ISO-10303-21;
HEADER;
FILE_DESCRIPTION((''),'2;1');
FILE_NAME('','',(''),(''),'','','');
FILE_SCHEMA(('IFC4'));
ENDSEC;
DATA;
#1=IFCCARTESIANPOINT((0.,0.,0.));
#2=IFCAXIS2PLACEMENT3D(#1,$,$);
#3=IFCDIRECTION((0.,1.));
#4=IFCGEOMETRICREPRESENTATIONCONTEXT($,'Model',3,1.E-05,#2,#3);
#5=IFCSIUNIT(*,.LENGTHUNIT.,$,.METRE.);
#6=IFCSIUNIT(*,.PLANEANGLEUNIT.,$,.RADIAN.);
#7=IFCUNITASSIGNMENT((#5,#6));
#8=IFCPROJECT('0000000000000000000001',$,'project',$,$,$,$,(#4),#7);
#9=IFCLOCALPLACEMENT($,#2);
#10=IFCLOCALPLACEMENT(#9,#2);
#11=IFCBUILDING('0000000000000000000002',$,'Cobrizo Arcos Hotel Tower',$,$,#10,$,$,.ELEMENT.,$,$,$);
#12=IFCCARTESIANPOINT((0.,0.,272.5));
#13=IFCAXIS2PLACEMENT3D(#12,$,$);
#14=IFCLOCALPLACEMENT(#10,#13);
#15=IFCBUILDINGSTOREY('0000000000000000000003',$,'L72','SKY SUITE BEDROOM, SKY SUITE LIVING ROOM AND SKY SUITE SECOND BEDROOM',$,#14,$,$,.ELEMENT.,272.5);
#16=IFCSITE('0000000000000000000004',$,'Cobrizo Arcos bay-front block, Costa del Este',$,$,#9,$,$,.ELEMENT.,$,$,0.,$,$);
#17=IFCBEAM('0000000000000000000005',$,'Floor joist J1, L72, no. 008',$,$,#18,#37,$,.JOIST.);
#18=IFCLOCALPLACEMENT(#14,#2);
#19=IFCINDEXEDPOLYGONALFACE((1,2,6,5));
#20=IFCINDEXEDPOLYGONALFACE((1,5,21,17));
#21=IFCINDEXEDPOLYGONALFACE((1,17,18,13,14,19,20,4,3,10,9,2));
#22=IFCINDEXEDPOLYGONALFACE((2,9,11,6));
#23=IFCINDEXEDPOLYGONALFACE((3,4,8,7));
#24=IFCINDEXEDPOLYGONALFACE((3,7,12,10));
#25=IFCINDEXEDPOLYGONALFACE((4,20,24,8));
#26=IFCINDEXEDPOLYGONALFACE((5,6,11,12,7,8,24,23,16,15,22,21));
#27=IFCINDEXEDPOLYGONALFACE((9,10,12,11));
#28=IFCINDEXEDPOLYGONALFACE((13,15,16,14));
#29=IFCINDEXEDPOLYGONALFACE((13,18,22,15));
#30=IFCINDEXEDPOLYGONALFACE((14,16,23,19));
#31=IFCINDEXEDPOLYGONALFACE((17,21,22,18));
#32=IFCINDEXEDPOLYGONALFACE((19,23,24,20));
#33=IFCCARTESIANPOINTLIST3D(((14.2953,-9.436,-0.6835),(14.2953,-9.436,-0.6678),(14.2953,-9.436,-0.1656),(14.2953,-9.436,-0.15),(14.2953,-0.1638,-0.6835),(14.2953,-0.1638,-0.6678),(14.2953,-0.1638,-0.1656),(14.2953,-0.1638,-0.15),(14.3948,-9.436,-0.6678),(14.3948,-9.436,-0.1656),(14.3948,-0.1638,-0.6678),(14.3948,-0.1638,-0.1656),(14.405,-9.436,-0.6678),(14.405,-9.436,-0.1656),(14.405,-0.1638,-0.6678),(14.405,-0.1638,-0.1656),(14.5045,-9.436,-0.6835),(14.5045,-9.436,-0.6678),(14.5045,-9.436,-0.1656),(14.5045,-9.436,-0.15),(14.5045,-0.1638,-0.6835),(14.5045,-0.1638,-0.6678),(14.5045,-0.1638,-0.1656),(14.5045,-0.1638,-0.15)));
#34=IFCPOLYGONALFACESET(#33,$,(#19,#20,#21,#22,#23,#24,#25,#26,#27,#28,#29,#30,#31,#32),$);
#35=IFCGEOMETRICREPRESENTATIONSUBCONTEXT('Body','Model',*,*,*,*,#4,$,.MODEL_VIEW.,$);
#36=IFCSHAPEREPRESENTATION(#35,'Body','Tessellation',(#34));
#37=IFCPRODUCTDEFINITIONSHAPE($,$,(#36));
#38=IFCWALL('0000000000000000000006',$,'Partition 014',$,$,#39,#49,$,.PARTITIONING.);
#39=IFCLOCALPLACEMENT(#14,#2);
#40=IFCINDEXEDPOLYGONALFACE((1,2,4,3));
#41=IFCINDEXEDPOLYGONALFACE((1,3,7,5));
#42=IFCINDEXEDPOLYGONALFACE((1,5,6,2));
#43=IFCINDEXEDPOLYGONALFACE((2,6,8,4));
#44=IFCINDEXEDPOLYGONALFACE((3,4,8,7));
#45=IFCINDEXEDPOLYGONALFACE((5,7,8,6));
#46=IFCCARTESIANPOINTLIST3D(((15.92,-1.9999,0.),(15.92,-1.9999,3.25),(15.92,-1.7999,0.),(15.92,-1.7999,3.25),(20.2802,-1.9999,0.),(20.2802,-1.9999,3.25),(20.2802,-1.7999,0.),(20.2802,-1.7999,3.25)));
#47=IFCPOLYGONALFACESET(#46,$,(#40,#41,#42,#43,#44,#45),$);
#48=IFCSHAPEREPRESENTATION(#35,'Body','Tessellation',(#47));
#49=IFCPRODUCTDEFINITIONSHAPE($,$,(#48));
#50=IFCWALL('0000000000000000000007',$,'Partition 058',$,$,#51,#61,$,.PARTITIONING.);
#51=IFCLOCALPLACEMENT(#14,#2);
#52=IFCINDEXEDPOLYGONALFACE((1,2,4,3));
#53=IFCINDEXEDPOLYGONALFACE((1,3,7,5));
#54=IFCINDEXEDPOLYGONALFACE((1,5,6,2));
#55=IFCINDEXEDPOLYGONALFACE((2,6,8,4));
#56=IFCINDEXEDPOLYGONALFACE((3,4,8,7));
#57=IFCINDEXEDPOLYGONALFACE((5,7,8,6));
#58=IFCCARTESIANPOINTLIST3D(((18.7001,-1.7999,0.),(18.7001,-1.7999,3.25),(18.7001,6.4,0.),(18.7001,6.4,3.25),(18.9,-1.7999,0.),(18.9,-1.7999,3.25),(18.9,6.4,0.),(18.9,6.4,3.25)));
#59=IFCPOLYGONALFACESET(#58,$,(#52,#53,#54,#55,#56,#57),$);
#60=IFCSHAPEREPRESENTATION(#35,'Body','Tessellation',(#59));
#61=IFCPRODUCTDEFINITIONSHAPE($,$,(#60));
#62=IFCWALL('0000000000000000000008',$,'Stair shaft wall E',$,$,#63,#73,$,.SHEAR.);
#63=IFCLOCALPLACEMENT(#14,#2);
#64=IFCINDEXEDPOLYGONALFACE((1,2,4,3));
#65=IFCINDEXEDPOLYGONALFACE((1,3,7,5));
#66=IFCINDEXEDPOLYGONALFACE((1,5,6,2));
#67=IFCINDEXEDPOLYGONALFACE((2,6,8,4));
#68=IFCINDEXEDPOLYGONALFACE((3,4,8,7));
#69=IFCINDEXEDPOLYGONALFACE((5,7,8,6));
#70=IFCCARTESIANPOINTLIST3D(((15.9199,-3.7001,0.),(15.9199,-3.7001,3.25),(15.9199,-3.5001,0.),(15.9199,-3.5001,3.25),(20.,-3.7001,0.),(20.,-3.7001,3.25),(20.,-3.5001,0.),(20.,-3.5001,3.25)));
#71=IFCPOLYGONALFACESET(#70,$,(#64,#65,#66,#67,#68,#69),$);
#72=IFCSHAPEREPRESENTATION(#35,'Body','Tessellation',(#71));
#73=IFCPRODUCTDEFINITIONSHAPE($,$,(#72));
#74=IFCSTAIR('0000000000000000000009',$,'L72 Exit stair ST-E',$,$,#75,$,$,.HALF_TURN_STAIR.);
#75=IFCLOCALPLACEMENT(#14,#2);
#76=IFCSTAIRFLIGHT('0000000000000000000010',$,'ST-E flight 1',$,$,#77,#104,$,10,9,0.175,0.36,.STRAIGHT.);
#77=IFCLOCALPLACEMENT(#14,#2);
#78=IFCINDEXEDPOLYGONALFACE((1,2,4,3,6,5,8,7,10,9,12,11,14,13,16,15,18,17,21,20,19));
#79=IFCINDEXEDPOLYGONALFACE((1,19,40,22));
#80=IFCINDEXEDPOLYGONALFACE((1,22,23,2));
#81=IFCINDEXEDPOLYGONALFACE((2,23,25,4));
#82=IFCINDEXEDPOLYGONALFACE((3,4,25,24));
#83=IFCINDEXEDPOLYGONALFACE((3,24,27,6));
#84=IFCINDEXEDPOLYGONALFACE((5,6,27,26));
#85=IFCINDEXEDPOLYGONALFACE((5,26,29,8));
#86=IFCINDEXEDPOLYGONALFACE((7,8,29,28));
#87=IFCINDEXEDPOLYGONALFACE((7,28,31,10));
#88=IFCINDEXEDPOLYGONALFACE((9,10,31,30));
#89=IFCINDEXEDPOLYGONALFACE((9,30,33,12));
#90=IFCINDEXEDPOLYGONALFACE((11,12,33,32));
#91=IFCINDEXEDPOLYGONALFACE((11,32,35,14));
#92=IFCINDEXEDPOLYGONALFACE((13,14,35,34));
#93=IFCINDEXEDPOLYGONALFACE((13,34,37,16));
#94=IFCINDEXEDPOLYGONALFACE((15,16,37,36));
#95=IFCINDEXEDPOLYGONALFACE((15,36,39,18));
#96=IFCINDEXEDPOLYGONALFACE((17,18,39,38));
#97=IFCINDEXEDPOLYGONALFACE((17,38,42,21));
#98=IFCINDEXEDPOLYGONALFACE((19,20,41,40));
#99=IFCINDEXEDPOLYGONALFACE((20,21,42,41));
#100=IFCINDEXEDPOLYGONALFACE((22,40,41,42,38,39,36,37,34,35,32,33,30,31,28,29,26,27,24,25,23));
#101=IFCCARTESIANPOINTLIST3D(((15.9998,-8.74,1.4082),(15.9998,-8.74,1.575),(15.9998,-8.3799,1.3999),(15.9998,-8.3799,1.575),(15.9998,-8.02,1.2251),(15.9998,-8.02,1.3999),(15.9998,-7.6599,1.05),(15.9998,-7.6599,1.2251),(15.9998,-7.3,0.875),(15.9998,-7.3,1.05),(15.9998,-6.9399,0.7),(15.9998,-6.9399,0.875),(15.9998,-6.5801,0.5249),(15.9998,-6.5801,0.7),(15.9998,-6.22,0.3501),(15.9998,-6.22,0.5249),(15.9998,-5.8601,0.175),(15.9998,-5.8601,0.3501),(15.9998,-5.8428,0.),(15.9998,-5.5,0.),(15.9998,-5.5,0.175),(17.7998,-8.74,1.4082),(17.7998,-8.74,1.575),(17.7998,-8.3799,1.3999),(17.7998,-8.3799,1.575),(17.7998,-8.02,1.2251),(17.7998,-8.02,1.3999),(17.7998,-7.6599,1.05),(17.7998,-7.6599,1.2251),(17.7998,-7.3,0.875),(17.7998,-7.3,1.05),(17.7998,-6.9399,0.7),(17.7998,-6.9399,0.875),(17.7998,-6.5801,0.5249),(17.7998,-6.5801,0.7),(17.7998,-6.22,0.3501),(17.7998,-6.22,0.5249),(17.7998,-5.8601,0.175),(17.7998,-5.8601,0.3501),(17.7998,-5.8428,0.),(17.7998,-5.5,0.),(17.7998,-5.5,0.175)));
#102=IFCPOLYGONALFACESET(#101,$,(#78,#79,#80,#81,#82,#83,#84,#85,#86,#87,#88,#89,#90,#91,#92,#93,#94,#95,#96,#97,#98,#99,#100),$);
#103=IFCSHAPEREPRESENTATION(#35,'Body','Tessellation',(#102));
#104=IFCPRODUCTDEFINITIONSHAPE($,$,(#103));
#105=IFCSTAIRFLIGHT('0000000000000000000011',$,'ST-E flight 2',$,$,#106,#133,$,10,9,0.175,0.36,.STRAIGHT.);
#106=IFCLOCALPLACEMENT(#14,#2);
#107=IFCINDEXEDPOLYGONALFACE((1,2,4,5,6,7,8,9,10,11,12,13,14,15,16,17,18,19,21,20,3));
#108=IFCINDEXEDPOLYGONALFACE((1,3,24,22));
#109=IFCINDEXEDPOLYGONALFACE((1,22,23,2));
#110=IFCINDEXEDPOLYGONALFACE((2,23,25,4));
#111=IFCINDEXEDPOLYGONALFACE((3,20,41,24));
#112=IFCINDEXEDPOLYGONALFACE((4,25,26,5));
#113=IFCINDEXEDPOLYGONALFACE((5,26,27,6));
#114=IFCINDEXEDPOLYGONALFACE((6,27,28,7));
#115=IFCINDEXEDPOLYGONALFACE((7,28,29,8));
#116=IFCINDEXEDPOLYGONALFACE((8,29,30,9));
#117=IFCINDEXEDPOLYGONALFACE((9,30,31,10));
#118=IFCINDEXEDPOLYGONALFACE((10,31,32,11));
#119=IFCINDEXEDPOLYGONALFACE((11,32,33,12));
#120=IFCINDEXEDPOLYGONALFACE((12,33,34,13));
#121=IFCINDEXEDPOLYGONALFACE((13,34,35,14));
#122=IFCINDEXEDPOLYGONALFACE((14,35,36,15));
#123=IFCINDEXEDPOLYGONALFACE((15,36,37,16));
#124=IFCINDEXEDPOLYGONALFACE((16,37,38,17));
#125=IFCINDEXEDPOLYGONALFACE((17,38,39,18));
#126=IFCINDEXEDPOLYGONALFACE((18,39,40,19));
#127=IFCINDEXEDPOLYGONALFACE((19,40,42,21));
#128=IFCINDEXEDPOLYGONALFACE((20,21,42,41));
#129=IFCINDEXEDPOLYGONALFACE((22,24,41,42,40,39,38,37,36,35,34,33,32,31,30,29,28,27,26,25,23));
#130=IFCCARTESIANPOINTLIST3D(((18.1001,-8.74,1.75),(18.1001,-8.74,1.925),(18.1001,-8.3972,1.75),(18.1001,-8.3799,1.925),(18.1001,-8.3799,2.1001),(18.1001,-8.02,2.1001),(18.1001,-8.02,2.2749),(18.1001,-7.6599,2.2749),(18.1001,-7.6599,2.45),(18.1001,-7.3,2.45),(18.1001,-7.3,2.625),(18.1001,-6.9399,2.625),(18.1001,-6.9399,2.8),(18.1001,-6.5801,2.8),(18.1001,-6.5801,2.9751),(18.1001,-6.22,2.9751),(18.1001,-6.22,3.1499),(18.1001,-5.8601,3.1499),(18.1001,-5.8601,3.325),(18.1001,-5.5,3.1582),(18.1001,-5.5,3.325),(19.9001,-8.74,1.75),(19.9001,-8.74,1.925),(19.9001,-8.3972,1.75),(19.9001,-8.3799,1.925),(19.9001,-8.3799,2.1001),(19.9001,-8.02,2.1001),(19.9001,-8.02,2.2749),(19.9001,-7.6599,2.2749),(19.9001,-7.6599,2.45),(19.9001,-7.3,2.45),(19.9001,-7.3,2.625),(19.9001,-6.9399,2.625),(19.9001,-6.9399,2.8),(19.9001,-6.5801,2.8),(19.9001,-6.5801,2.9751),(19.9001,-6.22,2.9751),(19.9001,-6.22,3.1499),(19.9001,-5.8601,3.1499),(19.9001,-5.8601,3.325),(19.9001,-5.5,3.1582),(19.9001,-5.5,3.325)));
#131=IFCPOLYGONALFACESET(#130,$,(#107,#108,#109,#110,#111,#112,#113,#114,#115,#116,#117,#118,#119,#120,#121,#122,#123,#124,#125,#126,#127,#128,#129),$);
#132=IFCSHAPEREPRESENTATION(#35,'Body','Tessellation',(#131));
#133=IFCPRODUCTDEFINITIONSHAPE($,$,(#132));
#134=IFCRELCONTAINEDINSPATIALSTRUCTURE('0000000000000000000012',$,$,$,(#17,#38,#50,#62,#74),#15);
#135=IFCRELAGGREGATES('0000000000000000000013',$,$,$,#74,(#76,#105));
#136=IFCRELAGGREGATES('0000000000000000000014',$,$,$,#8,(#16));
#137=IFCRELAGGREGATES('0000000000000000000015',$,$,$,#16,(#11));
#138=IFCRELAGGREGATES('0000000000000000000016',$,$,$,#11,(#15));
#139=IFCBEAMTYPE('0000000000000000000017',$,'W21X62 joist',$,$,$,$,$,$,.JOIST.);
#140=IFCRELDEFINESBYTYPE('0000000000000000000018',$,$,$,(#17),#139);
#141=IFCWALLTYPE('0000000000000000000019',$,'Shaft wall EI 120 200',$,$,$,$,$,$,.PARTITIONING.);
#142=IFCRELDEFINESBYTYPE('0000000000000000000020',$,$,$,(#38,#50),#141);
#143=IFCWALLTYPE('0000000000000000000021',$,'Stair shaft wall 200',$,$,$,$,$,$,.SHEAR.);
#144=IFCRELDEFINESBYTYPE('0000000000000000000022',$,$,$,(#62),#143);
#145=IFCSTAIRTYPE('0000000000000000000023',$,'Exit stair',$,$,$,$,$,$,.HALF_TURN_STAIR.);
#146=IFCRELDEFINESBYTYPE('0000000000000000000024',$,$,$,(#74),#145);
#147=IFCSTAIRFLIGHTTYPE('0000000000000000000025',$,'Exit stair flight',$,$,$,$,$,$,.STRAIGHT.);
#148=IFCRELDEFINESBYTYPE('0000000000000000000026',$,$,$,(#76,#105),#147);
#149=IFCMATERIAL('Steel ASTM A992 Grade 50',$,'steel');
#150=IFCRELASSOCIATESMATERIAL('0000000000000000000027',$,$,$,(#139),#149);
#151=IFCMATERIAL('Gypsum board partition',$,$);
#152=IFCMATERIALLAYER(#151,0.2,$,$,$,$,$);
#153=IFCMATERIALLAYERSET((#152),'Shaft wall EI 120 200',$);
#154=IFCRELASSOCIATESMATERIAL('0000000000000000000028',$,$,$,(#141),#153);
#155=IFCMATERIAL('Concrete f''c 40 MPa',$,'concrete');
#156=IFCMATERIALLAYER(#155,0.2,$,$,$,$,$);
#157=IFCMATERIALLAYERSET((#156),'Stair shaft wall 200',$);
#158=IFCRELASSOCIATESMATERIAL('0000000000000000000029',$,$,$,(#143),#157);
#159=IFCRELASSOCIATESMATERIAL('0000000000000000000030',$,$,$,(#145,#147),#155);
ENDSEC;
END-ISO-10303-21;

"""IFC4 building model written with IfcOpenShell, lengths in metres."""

from ifc_helpers import new_model, si_unit, direction, frame, frame_2d, origin, origin_2d, place, context, subcontext, project, spatial, polyline, rectangle, i_section, outline, extrude, material, layer, layer_set, material_profile, profile_set, type_object, element, aggregate, save


model = new_model("IFC4")

# Units and contexts
model_context = context("Model", 3, precision=1e-05, world=origin(), true_north=direction((0.0, 1.0)))
body_context = subcontext(model_context, "Body", "Model", "MODEL_VIEW")
ifc_project = project(units=[si_unit("LENGTHUNIT", "METRE"), si_unit("PLANEANGLEUNIT", "RADIAN")], contexts=[model_context])

# Site, building, storey
site_placement = place(None, origin())
site = spatial("IfcSite", under=ifc_project, at=site_placement, Name="Cobrizo Arcos bay-front block, Costa del Este", CompositionType="ELEMENT", RefElevation=0.0)
building_placement = place(site_placement, origin())
building = spatial("IfcBuilding", under=site, at=building_placement, Name="Cobrizo Arcos Hotel Tower", CompositionType="ELEMENT")
storey_placement = place(building_placement, frame((0.0, 0.0, 272.5)))
storey = spatial("IfcBuildingStorey", under=building, at=storey_placement, Name="L72", Description="SKY SUITE BEDROOM, SKY SUITE LIVING ROOM AND SKY SUITE SECOND BEDROOM", CompositionType="ELEMENT", Elevation=272.5)

# Beam
ifc_material_1 = material(Name="Steel ASTM A992 Grade 50", Category="steel")
ifc_material_profile = material_profile(ifc_material_1, i_section(OverallWidth=0.2092, OverallDepth=0.5334, WebThickness=0.0103, FlangeThickness=0.0156, at=origin_2d()), Name="W21X62")
ifc_profile_set = profile_set([ifc_material_profile], Name="Steel ASTM A992 Grade 50")
beam_type = type_object("IfcBeamType", Name="W21X62 joist", PredefinedType="JOIST", material=ifc_profile_set)
beam_placement = place(storey_placement, frame((14.3999, -9.436, -0.4167), z_axis=(0.0, 1.0, 0.0), x_axis=(-1.0, 0.0, 0.0)))
element("IfcBeam", 1, at=beam_placement, inside=storey, type_object=beam_type, Name="Floor joist J1, L72, no. 008", PredefinedType="JOIST", context=body_context, shape_type="SweptSolid", body=[
    extrude(i_section(OverallWidth=0.2092, OverallDepth=0.5334, WebThickness=0.0103, FlangeThickness=0.0156, at=origin_2d()), origin(), (0.0, 0.0, 1.0), 9.2722),
])

# Walls
ifc_material_2 = material(Name="Gypsum board partition")
ifc_layer_1 = layer(ifc_material_2, 0.2)
ifc_layer_set_1 = layer_set([ifc_layer_1], Name="Shaft wall EI 120 200")
wall_type_1 = type_object("IfcWallType", Name="Shaft wall EI 120 200", PredefinedType="PARTITIONING", material=ifc_layer_set_1)
wall_1_placement = place(storey_placement, frame((15.9199, -1.8999, 0.0), z_axis=(0.0, 0.0, 1.0), x_axis=(1.0, 0.0, 0.0)))
element("IfcWall", 2, at=wall_1_placement, inside=storey, type_object=wall_type_1, Name="Partition 014", PredefinedType="PARTITIONING", context=body_context, shape_type="SweptSolid", body=[
    extrude(rectangle(XDim=4.3601, YDim=0.2, at=frame_2d((2.1802, 0.0))), origin(), (0.0, 0.0, 1.0), 3.25),
])
wall_2_placement = place(storey_placement, frame((18.8, -1.8, 0.0), z_axis=(0.0, 0.0, 1.0), x_axis=(0.0, 1.0, 0.0)))
element("IfcWall", 3, at=wall_2_placement, inside=storey, type_object=wall_type_1, Name="Partition 058", PredefinedType="PARTITIONING", context=body_context, shape_type="SweptSolid", body=[
    extrude(rectangle(XDim=8.2, YDim=0.2, at=frame_2d((4.1001, 0.0))), origin(), (0.0, 0.0, 1.0), 3.25),
])
ifc_material_3 = material(Name="Concrete f'c 40 MPa", Category="concrete")
ifc_layer_2 = layer(ifc_material_3, 0.2)
ifc_layer_set_2 = layer_set([ifc_layer_2], Name="Stair shaft wall 200")
wall_type_2 = type_object("IfcWallType", Name="Stair shaft wall 200", PredefinedType="SHEAR", material=ifc_layer_set_2)
wall_3_placement = place(storey_placement, frame((15.9199, -3.6001, 0.0), z_axis=(0.0, 0.0, 1.0), x_axis=(1.0, 0.0, 0.0)))
element("IfcWall", 4, at=wall_3_placement, inside=storey, type_object=wall_type_2, Name="Stair shaft wall E", PredefinedType="SHEAR", context=body_context, shape_type="SweptSolid", body=[
    extrude(rectangle(XDim=4.0801, YDim=0.2, at=frame_2d((2.04, 0.0))), origin(), (0.0, 0.0, 1.0), 3.25),
])

# Stair, stair flights
stair_type = type_object("IfcStairType", Name="Exit stair", PredefinedType="HALF_TURN_STAIR", material=ifc_material_3)
stair_placement = place(storey_placement, origin())
stair = element("IfcStair", 5, at=stair_placement, inside=storey, type_object=stair_type, Name="L72 Exit stair ST-E", PredefinedType="HALF_TURN_STAIR")
stair_flight_type = type_object("IfcStairFlightType", Name="Exit stair flight", PredefinedType="STRAIGHT", material=ifc_material_3)
stair_flight_1_placement = place(storey_placement, frame((16.8999, -5.5, 0.0), z_axis=(0.0, 0.0, 1.0), x_axis=(0.0, -1.0, 0.0)))
stair_flight_1 = element("IfcStairFlight", 6, at=stair_flight_1_placement, type_object=stair_flight_type, Name="ST-E flight 1", NumberOfRisers=10, NumberOfTreads=9, PredefinedType="STRAIGHT", RiserHeight=0.175, TreadLength=0.36, context=body_context, shape_type="SweptSolid", body=[
    extrude(outline(polyline([(0.0, 0.0), (0.0, 0.175), (0.3601, 0.175), (0.3601, 0.3501), (0.72, 0.3501), (0.72, 0.5249), (1.0801, 0.5249), (1.0801, 0.7), (1.4399, 0.7), (1.4399, 0.875), (1.8, 0.875), (1.8, 1.05), (2.1599, 1.05), (2.1599, 1.2251), (2.52, 1.2251), (2.52, 1.3999), (2.8799, 1.3999), (2.8799, 1.575), (3.24, 1.575), (3.24, 1.75), (3.24, 1.4082), (0.3428, 0.0), (0.0, 0.0)])), frame((0.0, 0.8999, 0.0), z_axis=(0.0, -1.0, 0.0), x_axis=(1.0, 0.0, 0.0)), (0.0, 0.0, 1.0), 1.8),
])
stair_flight_2_placement = place(storey_placement, frame((19.0, -8.74, 1.75), z_axis=(0.0, 0.0, 1.0), x_axis=(0.0, 1.0, 0.0)))
stair_flight_2 = element("IfcStairFlight", 7, at=stair_flight_2_placement, type_object=stair_flight_type, Name="ST-E flight 2", NumberOfRisers=10, NumberOfTreads=9, PredefinedType="STRAIGHT", RiserHeight=0.175, TreadLength=0.36, context=body_context, shape_type="SweptSolid", body=[
    extrude(outline(polyline([(0.0, 0.0), (0.0, 0.175), (0.3601, 0.175), (0.3601, 0.3501), (0.72, 0.3501), (0.72, 0.5249), (1.0801, 0.5249), (1.0801, 0.7), (1.4399, 0.7), (1.4399, 0.875), (1.8, 0.875), (1.8, 1.05), (2.1599, 1.05), (2.1599, 1.2251), (2.52, 1.2251), (2.52, 1.3999), (2.8799, 1.3999), (2.8799, 1.575), (3.24, 1.575), (3.24, 1.75), (3.24, 1.4082), (0.3428, 0.0), (0.0, 0.0)])), frame((0.0, 0.8999, 0.0), z_axis=(0.0, -1.0, 0.0), x_axis=(1.0, 0.0, 0.0)), (0.0, 0.0, 1.0), 1.8),
])
aggregate(stair, [stair_flight_1, stair_flight_2])

save(model, "model.ifc")
